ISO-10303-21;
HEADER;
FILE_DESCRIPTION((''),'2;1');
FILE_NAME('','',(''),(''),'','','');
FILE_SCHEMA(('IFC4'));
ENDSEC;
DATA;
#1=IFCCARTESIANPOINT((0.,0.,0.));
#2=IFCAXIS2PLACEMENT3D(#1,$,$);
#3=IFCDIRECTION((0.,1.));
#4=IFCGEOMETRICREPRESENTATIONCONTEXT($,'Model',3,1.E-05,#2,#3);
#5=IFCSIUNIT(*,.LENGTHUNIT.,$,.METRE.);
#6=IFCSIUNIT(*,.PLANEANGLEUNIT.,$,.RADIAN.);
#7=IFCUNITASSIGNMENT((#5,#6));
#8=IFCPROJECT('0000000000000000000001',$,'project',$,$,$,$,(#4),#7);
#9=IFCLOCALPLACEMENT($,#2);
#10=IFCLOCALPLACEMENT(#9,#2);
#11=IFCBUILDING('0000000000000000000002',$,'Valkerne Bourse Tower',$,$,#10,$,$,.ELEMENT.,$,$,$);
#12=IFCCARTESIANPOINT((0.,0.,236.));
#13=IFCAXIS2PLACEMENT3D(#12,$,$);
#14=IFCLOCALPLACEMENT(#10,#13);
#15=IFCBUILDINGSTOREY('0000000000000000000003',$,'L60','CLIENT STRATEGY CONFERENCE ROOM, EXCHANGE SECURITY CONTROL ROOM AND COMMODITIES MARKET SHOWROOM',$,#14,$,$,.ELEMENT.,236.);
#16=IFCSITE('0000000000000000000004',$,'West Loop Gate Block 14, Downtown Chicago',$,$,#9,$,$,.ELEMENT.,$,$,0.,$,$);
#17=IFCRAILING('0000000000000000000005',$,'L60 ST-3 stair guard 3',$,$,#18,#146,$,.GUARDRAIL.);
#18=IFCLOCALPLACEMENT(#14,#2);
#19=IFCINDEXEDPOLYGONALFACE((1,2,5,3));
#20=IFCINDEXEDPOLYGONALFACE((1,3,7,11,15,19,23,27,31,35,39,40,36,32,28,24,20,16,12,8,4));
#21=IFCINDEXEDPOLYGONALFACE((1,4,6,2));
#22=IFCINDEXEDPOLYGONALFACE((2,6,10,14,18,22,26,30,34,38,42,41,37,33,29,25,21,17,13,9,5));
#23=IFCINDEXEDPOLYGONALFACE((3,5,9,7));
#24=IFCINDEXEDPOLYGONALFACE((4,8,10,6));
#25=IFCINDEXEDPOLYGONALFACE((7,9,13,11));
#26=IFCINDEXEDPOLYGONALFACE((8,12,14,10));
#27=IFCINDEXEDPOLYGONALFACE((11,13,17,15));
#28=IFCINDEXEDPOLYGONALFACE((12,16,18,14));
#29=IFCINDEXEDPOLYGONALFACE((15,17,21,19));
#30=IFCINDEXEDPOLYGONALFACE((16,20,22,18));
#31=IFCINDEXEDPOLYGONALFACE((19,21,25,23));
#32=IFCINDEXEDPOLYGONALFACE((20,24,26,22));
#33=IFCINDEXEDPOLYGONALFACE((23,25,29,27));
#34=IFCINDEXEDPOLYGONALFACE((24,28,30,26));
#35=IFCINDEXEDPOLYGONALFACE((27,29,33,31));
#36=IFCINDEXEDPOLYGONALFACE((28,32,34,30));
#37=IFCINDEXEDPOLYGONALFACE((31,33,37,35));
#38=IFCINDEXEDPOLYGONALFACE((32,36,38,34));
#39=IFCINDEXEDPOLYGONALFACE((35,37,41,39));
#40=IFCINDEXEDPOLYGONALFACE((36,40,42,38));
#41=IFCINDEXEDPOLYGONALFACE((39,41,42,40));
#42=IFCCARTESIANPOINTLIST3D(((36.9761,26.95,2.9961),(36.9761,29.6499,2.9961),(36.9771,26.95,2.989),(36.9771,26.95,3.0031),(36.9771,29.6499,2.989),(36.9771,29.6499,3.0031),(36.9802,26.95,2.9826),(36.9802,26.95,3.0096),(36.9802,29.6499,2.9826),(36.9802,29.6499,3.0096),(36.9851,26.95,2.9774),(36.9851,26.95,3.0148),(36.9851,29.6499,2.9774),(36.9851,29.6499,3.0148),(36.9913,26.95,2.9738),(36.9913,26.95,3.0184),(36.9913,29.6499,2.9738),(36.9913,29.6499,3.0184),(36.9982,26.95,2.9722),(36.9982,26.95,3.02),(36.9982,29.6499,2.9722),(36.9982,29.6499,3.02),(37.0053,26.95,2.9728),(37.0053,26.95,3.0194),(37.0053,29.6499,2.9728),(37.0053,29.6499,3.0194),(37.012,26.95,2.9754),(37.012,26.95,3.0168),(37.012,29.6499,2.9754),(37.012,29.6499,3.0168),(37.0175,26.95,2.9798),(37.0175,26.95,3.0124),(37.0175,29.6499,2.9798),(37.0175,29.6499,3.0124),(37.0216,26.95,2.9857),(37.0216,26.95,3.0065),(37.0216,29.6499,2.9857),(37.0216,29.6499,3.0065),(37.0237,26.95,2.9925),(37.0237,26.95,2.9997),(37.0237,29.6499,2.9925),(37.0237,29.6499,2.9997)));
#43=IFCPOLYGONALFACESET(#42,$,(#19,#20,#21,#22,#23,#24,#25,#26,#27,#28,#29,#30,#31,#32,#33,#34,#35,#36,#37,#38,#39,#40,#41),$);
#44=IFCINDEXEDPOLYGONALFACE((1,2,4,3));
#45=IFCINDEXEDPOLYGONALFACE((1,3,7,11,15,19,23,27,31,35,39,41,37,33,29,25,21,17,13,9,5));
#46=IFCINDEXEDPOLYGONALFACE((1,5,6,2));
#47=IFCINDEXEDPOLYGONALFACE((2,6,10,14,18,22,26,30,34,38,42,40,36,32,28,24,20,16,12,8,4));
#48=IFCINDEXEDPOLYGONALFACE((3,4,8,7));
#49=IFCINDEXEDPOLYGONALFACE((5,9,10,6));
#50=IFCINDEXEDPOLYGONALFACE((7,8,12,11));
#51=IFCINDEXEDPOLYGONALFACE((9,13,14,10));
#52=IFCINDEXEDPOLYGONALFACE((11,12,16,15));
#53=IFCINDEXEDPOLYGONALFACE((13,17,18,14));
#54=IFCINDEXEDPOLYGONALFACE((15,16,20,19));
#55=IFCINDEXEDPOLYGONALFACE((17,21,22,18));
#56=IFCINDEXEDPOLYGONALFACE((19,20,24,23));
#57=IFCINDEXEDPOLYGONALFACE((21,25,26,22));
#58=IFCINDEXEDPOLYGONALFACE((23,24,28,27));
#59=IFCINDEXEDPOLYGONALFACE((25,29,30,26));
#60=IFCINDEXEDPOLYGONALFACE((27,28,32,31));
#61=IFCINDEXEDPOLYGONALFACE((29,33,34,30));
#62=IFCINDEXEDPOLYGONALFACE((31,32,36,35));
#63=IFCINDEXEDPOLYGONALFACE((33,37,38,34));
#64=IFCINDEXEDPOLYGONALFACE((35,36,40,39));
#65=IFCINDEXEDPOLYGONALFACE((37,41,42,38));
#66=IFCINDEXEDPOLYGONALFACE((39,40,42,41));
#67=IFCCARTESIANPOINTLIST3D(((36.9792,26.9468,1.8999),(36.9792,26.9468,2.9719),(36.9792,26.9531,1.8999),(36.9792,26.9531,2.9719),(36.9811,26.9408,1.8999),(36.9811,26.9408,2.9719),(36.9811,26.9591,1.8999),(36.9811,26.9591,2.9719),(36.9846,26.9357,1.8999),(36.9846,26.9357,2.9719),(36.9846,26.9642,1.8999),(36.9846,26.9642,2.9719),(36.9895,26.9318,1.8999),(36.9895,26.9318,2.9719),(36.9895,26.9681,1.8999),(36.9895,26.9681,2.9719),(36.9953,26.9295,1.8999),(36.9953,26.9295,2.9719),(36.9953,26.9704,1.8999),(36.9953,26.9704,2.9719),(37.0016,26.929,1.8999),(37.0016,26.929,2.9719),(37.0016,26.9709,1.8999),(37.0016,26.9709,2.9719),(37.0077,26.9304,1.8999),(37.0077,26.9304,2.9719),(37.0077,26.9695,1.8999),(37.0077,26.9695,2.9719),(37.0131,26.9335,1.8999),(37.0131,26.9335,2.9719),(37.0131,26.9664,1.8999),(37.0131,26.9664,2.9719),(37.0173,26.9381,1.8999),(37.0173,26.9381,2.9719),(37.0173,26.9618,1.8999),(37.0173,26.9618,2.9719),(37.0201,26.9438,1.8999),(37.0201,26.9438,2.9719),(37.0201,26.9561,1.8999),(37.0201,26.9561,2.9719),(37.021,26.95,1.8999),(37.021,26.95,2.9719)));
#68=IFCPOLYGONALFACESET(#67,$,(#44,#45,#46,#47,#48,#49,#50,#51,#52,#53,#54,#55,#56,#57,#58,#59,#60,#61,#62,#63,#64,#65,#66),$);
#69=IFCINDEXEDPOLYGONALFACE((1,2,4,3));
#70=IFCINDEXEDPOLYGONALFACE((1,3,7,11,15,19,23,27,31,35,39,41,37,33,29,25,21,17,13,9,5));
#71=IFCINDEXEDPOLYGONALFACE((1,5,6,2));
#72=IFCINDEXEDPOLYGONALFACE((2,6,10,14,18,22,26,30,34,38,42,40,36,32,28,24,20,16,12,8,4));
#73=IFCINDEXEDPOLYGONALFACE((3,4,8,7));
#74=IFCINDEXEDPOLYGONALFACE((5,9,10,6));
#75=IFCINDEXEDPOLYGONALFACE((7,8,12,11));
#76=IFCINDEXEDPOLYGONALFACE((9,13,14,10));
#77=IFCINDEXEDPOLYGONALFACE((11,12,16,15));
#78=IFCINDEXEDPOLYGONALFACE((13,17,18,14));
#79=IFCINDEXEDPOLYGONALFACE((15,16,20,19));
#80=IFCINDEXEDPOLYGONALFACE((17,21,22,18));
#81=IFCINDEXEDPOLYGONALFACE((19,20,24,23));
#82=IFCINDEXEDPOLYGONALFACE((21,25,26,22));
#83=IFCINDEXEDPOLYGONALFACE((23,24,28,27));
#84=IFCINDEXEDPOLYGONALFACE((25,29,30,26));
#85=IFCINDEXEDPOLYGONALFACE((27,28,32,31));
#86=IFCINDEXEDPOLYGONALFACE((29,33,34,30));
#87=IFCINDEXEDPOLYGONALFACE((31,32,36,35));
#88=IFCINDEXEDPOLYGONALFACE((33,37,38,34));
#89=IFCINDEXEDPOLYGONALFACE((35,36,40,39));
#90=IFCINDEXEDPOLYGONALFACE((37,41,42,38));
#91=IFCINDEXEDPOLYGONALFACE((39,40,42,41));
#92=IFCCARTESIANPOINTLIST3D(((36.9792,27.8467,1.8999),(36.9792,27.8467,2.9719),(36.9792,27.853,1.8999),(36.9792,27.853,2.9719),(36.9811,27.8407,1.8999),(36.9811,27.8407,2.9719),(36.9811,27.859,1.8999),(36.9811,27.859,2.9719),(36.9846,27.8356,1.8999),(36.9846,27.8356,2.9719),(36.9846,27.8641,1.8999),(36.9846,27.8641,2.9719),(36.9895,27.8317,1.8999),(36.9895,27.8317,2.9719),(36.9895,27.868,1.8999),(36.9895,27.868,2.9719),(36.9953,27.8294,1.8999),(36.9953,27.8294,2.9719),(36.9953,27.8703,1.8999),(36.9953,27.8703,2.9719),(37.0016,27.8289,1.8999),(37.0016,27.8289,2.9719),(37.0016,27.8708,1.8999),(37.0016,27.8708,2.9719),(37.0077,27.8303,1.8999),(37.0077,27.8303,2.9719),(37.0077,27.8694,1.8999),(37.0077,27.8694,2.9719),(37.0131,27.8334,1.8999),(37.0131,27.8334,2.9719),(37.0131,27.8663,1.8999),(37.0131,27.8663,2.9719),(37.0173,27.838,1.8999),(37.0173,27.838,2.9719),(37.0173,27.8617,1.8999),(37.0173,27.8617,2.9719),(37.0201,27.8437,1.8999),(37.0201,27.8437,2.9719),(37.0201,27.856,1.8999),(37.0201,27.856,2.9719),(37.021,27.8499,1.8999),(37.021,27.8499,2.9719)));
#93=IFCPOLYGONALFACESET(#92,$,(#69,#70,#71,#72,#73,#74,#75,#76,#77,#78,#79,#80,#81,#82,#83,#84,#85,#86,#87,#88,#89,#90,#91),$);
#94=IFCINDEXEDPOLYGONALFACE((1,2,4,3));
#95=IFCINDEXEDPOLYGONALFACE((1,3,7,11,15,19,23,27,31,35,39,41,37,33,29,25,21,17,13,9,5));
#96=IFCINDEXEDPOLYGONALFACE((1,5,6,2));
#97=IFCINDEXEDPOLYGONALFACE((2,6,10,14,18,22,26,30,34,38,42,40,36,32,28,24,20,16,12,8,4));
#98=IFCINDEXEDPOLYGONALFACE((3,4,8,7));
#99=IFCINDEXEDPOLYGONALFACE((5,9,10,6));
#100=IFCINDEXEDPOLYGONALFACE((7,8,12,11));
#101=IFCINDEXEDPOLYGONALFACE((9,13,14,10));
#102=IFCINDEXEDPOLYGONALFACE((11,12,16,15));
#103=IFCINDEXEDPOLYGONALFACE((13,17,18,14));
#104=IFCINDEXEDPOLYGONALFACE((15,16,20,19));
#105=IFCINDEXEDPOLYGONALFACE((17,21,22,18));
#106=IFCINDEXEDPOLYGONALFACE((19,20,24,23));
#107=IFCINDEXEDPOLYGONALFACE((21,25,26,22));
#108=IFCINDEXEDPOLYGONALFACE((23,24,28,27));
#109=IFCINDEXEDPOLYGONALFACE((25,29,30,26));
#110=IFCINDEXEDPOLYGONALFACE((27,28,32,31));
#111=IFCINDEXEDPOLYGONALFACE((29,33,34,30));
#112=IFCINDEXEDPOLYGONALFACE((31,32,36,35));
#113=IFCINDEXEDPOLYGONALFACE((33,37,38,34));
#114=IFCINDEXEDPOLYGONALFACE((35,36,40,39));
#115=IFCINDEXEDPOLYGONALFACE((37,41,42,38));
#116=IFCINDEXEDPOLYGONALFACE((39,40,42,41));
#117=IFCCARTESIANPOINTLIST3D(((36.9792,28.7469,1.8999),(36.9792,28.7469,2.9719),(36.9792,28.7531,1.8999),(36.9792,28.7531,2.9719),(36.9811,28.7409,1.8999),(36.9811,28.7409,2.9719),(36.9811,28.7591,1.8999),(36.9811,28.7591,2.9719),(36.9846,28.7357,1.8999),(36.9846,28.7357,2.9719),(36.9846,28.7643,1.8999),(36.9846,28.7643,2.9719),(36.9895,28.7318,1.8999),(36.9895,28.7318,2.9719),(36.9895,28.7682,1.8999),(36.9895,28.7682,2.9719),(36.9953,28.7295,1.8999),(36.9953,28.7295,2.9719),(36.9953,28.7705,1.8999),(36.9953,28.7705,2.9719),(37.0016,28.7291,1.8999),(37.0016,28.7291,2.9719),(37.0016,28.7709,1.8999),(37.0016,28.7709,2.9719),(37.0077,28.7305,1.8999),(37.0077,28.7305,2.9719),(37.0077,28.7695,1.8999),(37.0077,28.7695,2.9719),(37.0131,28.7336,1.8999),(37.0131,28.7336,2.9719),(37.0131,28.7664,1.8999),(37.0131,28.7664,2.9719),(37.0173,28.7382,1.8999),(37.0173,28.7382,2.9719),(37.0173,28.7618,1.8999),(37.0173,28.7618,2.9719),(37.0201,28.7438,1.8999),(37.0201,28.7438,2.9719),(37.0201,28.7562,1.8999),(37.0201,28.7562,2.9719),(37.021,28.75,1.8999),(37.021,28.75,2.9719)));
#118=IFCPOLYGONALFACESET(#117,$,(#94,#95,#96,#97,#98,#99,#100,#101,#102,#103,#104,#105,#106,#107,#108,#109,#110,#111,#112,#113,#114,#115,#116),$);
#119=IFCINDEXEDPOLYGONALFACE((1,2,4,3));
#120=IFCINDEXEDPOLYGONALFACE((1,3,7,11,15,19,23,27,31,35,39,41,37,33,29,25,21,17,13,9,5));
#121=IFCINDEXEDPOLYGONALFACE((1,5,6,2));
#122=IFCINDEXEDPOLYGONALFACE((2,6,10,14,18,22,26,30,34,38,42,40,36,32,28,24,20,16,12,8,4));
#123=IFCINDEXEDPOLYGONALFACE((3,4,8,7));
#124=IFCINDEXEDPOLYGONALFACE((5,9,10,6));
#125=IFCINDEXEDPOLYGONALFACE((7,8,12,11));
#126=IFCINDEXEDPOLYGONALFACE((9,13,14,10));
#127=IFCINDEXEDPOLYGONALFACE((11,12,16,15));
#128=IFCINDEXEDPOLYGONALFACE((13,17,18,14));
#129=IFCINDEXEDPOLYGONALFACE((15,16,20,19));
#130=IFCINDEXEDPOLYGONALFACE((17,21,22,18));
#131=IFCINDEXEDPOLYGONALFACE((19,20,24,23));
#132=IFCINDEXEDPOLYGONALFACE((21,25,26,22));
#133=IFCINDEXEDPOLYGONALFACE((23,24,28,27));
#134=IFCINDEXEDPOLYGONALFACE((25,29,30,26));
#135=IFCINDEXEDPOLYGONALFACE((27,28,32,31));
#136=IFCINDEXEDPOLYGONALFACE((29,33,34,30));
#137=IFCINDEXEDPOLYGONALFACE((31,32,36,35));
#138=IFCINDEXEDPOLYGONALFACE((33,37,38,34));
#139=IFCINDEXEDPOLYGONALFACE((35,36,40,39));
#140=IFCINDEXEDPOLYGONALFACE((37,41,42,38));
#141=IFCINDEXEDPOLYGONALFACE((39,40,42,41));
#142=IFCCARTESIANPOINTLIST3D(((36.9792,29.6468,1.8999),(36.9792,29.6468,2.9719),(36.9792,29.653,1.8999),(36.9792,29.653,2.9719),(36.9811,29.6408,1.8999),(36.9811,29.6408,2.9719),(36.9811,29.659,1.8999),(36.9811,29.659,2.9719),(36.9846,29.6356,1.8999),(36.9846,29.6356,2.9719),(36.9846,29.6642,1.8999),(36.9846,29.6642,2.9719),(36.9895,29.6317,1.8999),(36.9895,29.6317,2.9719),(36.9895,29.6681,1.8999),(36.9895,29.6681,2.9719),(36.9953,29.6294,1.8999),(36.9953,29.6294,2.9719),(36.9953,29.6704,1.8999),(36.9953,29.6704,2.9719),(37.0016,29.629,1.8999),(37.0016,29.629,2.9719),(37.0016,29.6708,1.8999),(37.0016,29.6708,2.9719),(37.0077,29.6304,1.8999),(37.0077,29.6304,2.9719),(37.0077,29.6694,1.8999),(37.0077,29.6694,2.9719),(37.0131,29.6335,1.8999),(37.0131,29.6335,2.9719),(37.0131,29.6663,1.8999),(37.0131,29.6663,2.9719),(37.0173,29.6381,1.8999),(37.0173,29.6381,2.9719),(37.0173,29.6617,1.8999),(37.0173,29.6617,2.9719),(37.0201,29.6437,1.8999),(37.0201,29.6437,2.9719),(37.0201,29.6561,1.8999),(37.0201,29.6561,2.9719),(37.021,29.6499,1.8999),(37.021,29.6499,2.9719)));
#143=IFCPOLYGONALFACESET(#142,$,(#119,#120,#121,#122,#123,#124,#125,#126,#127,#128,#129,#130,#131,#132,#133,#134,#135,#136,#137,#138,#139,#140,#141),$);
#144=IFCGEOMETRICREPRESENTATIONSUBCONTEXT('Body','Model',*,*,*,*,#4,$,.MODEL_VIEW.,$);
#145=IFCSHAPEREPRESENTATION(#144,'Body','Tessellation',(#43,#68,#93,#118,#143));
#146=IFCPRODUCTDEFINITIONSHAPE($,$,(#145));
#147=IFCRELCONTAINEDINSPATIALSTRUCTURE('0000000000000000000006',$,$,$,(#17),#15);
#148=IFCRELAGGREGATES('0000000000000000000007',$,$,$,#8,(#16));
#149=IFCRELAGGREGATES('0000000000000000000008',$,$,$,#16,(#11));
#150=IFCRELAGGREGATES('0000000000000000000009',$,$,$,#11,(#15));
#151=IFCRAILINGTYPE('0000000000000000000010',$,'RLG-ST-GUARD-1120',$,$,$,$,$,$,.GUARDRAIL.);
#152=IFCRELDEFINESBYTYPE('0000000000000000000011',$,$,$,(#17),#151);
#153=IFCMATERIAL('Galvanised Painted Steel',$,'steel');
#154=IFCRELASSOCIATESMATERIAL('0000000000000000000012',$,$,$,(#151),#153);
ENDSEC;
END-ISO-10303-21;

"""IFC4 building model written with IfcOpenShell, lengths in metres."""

from ifc_helpers import new_model, si_unit, direction, frame, origin, origin_2d, place, context, subcontext, project, spatial, circle, extrude, material, type_object, element, save


model = new_model("IFC4")

# Units and contexts
model_context = context("Model", 3, precision=1e-05, world=origin(), true_north=direction((0.0, 1.0)))
body_context = subcontext(model_context, "Body", "Model", "MODEL_VIEW")
ifc_project = project(units=[si_unit("LENGTHUNIT", "METRE"), si_unit("PLANEANGLEUNIT", "RADIAN")], contexts=[model_context])

# Site, building, storey
site_placement = place(None, origin())
site = spatial("IfcSite", under=ifc_project, at=site_placement, Name="West Loop Gate Block 14, Downtown Chicago", CompositionType="ELEMENT", RefElevation=0.0)
building_placement = place(site_placement, origin())
building = spatial("IfcBuilding", under=site, at=building_placement, Name="Valkerne Bourse Tower", CompositionType="ELEMENT")
storey_placement = place(building_placement, frame((0.0, 0.0, 236.0)))
storey = spatial("IfcBuildingStorey", under=building, at=storey_placement, Name="L60", Description="CLIENT STRATEGY CONFERENCE ROOM, EXCHANGE SECURITY CONTROL ROOM AND COMMODITIES MARKET SHOWROOM", CompositionType="ELEMENT", Elevation=236.0)

# Railing
ifc_material_1 = material(Name="Galvanised Painted Steel", Category="steel")
railing_type_1 = type_object("IfcRailingType", Name="RLG-ST-GUARD-1120", PredefinedType="GUARDRAIL", material=ifc_material_1)
for number, where, name in (
    (1, (37.0, 26.95, 1.8999), "L60 ST-3 stair guard 3"),
):
    element("IfcRailing", number, at=place(storey_placement, frame(where)), inside=storey, type_object=railing_type_1, Name=name, PredefinedType="GUARDRAIL", context=body_context, shape_type="SweptSolid", body=[
        extrude(circle(Radius=0.0239, at=origin_2d()), frame((0.0, 0.0, 1.0962), z_axis=(0.0, 1.0, 0.0), x_axis=(-1.0, 0.0, 0.0)), (0.0, 0.0, 1.0), 2.7),
        extrude(circle(Radius=0.021, at=origin_2d()), origin(), (0.0, 0.0, 1.0), 1.072),
        extrude(circle(Radius=0.021, at=origin_2d()), frame((0.0, 0.8999, 0.0)), (0.0, 0.0, 1.0), 1.072),
        extrude(circle(Radius=0.021, at=origin_2d()), frame((0.0, 1.8, 0.0)), (0.0, 0.0, 1.0), 1.072),
        extrude(circle(Radius=0.021, at=origin_2d()), frame((0.0, 2.7, 0.0)), (0.0, 0.0, 1.0), 1.072),
    ])

save(model, "model.ifc")
